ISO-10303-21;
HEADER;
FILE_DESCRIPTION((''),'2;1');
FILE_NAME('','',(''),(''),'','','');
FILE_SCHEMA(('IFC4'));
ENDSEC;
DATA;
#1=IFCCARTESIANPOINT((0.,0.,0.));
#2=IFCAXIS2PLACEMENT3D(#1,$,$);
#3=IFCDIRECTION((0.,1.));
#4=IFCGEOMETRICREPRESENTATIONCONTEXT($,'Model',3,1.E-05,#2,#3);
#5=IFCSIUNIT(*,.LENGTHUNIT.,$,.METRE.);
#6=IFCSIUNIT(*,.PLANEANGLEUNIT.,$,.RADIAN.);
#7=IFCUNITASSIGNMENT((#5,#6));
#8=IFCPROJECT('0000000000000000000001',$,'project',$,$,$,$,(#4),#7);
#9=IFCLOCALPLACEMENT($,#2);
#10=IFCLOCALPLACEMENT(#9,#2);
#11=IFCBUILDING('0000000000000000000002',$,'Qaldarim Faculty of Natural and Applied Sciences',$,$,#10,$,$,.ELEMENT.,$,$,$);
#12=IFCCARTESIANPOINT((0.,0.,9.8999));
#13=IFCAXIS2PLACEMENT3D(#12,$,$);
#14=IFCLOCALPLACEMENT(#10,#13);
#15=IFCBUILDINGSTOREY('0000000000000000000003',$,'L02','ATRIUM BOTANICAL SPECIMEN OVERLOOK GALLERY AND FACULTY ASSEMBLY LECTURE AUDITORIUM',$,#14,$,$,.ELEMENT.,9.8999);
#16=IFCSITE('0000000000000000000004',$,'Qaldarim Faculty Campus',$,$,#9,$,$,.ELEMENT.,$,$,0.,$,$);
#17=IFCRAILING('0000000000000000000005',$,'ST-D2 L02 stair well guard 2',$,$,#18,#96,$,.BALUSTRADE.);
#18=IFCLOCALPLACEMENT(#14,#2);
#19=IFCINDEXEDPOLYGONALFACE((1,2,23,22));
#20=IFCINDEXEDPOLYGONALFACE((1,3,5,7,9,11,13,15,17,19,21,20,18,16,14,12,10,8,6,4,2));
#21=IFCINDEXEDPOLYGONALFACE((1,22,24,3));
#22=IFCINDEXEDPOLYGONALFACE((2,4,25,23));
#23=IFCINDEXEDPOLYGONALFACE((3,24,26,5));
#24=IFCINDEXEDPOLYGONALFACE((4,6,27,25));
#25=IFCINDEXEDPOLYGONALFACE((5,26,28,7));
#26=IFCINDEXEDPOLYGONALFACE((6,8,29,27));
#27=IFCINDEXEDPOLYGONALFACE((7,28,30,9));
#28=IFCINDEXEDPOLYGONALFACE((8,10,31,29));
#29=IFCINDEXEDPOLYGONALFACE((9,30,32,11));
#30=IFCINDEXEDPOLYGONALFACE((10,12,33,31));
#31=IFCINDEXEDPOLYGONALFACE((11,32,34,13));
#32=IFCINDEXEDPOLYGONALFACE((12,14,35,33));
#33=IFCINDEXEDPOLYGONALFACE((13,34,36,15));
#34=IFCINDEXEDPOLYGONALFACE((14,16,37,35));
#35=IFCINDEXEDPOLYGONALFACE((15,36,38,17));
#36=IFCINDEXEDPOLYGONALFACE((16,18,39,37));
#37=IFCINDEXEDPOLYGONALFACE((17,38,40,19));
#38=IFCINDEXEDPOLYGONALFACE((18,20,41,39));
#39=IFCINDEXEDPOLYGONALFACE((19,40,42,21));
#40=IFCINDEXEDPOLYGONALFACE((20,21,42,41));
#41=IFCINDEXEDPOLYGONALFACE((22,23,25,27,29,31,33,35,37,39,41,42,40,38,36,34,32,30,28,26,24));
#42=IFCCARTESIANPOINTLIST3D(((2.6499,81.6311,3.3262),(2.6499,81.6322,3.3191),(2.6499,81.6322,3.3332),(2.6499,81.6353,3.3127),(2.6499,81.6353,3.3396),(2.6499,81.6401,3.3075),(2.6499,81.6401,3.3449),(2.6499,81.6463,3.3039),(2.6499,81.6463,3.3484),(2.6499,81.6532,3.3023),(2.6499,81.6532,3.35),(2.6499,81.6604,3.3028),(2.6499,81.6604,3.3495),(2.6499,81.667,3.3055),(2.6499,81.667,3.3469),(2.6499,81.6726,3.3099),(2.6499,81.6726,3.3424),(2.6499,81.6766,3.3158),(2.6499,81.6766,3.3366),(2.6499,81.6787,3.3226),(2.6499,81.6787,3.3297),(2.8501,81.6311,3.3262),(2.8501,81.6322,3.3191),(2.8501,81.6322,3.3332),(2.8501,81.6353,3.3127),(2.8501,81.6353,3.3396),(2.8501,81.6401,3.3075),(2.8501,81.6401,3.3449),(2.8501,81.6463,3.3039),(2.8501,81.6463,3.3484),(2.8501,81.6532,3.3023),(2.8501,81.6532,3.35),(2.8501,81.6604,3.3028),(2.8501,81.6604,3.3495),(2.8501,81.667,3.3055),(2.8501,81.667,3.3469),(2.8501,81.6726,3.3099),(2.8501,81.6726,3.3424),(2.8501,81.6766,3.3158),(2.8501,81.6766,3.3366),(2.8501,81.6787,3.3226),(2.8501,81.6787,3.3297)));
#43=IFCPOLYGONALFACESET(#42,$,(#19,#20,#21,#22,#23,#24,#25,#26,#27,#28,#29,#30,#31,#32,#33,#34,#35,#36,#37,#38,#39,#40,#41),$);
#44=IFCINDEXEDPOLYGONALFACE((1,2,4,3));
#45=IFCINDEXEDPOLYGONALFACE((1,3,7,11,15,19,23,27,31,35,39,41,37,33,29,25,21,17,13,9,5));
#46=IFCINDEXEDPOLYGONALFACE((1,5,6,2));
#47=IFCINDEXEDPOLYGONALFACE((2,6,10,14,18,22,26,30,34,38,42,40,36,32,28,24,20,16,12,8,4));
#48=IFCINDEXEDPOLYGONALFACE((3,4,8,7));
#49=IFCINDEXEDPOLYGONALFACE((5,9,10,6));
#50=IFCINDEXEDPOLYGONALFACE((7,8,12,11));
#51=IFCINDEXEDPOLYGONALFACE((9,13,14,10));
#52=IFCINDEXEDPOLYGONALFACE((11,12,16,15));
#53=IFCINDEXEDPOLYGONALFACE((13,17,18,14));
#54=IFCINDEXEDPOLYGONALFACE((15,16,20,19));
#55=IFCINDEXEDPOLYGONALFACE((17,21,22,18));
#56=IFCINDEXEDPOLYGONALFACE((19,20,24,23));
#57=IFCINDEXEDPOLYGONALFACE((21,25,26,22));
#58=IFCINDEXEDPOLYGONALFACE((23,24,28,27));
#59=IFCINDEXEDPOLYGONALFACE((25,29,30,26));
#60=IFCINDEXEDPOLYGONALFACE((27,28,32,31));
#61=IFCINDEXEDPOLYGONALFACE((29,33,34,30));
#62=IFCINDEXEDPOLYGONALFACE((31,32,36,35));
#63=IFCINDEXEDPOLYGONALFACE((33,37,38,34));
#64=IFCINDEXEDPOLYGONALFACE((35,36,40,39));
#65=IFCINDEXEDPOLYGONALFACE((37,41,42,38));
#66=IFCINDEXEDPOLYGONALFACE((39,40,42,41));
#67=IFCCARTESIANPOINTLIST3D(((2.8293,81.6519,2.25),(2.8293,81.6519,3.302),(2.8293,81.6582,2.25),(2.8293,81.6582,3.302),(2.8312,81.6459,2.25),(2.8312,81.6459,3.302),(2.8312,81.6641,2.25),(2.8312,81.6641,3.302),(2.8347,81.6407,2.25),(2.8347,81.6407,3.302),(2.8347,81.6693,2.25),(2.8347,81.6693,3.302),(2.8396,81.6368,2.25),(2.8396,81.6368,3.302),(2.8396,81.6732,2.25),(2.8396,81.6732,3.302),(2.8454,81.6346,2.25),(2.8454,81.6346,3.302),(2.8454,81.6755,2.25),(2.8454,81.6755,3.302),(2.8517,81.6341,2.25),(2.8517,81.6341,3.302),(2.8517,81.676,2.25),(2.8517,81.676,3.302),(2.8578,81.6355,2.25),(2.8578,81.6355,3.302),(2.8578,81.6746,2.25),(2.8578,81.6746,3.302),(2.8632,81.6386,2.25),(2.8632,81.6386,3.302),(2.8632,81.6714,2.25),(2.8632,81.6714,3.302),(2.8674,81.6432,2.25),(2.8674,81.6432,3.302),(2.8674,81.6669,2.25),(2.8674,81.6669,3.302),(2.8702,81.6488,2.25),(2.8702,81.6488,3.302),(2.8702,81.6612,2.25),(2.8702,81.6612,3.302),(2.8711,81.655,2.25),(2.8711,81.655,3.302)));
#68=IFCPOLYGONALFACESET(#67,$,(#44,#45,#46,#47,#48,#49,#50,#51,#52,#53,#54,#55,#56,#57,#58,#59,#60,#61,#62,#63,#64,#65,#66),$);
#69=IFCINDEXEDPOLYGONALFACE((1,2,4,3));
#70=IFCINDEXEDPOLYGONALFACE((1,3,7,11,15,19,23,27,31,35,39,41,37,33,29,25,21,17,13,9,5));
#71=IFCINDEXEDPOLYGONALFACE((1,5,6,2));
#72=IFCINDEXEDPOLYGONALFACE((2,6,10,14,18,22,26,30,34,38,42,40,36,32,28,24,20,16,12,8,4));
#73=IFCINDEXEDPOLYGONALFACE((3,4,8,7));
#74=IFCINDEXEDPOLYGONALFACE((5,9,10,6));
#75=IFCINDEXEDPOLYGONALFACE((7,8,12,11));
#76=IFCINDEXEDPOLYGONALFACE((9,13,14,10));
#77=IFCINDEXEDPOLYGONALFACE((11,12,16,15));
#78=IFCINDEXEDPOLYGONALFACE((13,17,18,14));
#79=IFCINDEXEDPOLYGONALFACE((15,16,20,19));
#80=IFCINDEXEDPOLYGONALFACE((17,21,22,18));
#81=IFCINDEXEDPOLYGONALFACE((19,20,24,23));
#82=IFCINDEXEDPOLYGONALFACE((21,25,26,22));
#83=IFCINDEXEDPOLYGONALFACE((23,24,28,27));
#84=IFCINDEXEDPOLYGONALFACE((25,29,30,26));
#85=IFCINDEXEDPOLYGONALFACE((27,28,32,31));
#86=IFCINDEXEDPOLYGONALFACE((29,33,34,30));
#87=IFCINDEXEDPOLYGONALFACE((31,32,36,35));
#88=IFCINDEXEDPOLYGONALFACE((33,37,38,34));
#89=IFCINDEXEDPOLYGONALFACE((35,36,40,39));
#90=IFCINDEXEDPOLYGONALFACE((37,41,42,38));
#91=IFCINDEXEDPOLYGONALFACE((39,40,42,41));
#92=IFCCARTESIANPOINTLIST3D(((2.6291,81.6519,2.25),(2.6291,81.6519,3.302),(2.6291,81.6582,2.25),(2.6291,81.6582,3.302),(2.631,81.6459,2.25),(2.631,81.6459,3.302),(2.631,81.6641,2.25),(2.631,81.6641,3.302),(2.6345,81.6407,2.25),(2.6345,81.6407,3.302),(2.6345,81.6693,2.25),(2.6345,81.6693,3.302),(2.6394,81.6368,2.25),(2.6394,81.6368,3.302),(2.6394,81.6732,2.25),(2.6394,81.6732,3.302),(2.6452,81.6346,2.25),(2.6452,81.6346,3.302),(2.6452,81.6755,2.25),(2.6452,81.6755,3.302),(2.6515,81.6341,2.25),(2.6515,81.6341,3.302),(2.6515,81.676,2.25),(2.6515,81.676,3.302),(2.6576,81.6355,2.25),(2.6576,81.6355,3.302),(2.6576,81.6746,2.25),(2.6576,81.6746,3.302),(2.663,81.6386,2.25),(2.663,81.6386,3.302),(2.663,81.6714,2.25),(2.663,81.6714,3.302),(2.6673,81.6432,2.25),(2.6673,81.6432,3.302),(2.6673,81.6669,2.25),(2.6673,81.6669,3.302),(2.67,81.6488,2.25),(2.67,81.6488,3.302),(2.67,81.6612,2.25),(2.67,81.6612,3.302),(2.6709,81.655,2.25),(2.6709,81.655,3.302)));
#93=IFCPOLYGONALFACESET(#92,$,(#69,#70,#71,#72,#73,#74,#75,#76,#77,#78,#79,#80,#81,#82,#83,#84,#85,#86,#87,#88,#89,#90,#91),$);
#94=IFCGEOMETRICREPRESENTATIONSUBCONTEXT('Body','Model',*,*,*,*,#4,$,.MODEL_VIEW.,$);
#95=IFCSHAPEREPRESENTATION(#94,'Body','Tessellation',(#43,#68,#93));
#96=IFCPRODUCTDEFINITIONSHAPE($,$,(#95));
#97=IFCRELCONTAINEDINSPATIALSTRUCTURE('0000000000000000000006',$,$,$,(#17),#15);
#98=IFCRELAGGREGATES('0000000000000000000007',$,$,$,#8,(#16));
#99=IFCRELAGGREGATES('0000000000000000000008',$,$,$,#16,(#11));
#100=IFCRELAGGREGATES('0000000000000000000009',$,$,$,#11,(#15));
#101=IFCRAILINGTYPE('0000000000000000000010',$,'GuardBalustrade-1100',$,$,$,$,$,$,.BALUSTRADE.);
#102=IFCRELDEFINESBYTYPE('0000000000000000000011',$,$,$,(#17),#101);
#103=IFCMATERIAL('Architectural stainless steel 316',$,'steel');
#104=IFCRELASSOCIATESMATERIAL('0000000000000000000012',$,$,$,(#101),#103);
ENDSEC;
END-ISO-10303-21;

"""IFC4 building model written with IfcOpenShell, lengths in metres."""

from ifc_helpers import new_model, si_unit, direction, frame, origin, origin_2d, place, context, subcontext, project, spatial, circle, extrude, material, type_object, element, save


model = new_model("IFC4")

# Units and contexts
model_context = context("Model", 3, precision=1e-05, world=origin(), true_north=direction((0.0, 1.0)))
body_context = subcontext(model_context, "Body", "Model", "MODEL_VIEW")
ifc_project = project(units=[si_unit("LENGTHUNIT", "METRE"), si_unit("PLANEANGLEUNIT", "RADIAN")], contexts=[model_context])

# Site, building, storey
site_placement = place(None, origin())
site = spatial("IfcSite", under=ifc_project, at=site_placement, Name="Qaldarim Faculty Campus", CompositionType="ELEMENT", RefElevation=0.0)
building_placement = place(site_placement, origin())
building = spatial("IfcBuilding", under=site, at=building_placement, Name="Qaldarim Faculty of Natural and Applied Sciences", CompositionType="ELEMENT")
storey_placement = place(building_placement, frame((0.0, 0.0, 9.8999)))
storey = spatial("IfcBuildingStorey", under=building, at=storey_placement, Name="L02", Description="ATRIUM BOTANICAL SPECIMEN OVERLOOK GALLERY AND FACULTY ASSEMBLY LECTURE AUDITORIUM", CompositionType="ELEMENT", Elevation=9.8999)

# Shared definitions
ifc_material_1 = material(Name="Architectural stainless steel 316", Category="steel")

# Railing
railing_type_1 = type_object("IfcRailingType", Name="GuardBalustrade-1100", PredefinedType="BALUSTRADE", material=ifc_material_1)
railing_1_placement = place(storey_placement, frame((2.8501, 81.655, 2.25)))
element("IfcRailing", 1, at=railing_1_placement, inside=storey, type_object=railing_type_1, Name="ST-D2 L02 stair well guard 2", PredefinedType="BALUSTRADE", context=body_context, shape_type="SweptSolid", body=[
    extrude(circle(Radius=0.0239, at=origin_2d()), frame((0.0, 0.0, 1.0762), z_axis=(-1.0, 0.0, 0.0), x_axis=(0.0, -1.0, 0.0)), (0.0, 0.0, 1.0), 0.2002),
    extrude(circle(Radius=0.021, at=origin_2d()), origin(), (0.0, 0.0, 1.0), 1.052),
    extrude(circle(Radius=0.021, at=origin_2d()), frame((-0.2002, 0.0, 0.0)), (0.0, 0.0, 1.0), 1.052),
])

save(model, "model.ifc")
